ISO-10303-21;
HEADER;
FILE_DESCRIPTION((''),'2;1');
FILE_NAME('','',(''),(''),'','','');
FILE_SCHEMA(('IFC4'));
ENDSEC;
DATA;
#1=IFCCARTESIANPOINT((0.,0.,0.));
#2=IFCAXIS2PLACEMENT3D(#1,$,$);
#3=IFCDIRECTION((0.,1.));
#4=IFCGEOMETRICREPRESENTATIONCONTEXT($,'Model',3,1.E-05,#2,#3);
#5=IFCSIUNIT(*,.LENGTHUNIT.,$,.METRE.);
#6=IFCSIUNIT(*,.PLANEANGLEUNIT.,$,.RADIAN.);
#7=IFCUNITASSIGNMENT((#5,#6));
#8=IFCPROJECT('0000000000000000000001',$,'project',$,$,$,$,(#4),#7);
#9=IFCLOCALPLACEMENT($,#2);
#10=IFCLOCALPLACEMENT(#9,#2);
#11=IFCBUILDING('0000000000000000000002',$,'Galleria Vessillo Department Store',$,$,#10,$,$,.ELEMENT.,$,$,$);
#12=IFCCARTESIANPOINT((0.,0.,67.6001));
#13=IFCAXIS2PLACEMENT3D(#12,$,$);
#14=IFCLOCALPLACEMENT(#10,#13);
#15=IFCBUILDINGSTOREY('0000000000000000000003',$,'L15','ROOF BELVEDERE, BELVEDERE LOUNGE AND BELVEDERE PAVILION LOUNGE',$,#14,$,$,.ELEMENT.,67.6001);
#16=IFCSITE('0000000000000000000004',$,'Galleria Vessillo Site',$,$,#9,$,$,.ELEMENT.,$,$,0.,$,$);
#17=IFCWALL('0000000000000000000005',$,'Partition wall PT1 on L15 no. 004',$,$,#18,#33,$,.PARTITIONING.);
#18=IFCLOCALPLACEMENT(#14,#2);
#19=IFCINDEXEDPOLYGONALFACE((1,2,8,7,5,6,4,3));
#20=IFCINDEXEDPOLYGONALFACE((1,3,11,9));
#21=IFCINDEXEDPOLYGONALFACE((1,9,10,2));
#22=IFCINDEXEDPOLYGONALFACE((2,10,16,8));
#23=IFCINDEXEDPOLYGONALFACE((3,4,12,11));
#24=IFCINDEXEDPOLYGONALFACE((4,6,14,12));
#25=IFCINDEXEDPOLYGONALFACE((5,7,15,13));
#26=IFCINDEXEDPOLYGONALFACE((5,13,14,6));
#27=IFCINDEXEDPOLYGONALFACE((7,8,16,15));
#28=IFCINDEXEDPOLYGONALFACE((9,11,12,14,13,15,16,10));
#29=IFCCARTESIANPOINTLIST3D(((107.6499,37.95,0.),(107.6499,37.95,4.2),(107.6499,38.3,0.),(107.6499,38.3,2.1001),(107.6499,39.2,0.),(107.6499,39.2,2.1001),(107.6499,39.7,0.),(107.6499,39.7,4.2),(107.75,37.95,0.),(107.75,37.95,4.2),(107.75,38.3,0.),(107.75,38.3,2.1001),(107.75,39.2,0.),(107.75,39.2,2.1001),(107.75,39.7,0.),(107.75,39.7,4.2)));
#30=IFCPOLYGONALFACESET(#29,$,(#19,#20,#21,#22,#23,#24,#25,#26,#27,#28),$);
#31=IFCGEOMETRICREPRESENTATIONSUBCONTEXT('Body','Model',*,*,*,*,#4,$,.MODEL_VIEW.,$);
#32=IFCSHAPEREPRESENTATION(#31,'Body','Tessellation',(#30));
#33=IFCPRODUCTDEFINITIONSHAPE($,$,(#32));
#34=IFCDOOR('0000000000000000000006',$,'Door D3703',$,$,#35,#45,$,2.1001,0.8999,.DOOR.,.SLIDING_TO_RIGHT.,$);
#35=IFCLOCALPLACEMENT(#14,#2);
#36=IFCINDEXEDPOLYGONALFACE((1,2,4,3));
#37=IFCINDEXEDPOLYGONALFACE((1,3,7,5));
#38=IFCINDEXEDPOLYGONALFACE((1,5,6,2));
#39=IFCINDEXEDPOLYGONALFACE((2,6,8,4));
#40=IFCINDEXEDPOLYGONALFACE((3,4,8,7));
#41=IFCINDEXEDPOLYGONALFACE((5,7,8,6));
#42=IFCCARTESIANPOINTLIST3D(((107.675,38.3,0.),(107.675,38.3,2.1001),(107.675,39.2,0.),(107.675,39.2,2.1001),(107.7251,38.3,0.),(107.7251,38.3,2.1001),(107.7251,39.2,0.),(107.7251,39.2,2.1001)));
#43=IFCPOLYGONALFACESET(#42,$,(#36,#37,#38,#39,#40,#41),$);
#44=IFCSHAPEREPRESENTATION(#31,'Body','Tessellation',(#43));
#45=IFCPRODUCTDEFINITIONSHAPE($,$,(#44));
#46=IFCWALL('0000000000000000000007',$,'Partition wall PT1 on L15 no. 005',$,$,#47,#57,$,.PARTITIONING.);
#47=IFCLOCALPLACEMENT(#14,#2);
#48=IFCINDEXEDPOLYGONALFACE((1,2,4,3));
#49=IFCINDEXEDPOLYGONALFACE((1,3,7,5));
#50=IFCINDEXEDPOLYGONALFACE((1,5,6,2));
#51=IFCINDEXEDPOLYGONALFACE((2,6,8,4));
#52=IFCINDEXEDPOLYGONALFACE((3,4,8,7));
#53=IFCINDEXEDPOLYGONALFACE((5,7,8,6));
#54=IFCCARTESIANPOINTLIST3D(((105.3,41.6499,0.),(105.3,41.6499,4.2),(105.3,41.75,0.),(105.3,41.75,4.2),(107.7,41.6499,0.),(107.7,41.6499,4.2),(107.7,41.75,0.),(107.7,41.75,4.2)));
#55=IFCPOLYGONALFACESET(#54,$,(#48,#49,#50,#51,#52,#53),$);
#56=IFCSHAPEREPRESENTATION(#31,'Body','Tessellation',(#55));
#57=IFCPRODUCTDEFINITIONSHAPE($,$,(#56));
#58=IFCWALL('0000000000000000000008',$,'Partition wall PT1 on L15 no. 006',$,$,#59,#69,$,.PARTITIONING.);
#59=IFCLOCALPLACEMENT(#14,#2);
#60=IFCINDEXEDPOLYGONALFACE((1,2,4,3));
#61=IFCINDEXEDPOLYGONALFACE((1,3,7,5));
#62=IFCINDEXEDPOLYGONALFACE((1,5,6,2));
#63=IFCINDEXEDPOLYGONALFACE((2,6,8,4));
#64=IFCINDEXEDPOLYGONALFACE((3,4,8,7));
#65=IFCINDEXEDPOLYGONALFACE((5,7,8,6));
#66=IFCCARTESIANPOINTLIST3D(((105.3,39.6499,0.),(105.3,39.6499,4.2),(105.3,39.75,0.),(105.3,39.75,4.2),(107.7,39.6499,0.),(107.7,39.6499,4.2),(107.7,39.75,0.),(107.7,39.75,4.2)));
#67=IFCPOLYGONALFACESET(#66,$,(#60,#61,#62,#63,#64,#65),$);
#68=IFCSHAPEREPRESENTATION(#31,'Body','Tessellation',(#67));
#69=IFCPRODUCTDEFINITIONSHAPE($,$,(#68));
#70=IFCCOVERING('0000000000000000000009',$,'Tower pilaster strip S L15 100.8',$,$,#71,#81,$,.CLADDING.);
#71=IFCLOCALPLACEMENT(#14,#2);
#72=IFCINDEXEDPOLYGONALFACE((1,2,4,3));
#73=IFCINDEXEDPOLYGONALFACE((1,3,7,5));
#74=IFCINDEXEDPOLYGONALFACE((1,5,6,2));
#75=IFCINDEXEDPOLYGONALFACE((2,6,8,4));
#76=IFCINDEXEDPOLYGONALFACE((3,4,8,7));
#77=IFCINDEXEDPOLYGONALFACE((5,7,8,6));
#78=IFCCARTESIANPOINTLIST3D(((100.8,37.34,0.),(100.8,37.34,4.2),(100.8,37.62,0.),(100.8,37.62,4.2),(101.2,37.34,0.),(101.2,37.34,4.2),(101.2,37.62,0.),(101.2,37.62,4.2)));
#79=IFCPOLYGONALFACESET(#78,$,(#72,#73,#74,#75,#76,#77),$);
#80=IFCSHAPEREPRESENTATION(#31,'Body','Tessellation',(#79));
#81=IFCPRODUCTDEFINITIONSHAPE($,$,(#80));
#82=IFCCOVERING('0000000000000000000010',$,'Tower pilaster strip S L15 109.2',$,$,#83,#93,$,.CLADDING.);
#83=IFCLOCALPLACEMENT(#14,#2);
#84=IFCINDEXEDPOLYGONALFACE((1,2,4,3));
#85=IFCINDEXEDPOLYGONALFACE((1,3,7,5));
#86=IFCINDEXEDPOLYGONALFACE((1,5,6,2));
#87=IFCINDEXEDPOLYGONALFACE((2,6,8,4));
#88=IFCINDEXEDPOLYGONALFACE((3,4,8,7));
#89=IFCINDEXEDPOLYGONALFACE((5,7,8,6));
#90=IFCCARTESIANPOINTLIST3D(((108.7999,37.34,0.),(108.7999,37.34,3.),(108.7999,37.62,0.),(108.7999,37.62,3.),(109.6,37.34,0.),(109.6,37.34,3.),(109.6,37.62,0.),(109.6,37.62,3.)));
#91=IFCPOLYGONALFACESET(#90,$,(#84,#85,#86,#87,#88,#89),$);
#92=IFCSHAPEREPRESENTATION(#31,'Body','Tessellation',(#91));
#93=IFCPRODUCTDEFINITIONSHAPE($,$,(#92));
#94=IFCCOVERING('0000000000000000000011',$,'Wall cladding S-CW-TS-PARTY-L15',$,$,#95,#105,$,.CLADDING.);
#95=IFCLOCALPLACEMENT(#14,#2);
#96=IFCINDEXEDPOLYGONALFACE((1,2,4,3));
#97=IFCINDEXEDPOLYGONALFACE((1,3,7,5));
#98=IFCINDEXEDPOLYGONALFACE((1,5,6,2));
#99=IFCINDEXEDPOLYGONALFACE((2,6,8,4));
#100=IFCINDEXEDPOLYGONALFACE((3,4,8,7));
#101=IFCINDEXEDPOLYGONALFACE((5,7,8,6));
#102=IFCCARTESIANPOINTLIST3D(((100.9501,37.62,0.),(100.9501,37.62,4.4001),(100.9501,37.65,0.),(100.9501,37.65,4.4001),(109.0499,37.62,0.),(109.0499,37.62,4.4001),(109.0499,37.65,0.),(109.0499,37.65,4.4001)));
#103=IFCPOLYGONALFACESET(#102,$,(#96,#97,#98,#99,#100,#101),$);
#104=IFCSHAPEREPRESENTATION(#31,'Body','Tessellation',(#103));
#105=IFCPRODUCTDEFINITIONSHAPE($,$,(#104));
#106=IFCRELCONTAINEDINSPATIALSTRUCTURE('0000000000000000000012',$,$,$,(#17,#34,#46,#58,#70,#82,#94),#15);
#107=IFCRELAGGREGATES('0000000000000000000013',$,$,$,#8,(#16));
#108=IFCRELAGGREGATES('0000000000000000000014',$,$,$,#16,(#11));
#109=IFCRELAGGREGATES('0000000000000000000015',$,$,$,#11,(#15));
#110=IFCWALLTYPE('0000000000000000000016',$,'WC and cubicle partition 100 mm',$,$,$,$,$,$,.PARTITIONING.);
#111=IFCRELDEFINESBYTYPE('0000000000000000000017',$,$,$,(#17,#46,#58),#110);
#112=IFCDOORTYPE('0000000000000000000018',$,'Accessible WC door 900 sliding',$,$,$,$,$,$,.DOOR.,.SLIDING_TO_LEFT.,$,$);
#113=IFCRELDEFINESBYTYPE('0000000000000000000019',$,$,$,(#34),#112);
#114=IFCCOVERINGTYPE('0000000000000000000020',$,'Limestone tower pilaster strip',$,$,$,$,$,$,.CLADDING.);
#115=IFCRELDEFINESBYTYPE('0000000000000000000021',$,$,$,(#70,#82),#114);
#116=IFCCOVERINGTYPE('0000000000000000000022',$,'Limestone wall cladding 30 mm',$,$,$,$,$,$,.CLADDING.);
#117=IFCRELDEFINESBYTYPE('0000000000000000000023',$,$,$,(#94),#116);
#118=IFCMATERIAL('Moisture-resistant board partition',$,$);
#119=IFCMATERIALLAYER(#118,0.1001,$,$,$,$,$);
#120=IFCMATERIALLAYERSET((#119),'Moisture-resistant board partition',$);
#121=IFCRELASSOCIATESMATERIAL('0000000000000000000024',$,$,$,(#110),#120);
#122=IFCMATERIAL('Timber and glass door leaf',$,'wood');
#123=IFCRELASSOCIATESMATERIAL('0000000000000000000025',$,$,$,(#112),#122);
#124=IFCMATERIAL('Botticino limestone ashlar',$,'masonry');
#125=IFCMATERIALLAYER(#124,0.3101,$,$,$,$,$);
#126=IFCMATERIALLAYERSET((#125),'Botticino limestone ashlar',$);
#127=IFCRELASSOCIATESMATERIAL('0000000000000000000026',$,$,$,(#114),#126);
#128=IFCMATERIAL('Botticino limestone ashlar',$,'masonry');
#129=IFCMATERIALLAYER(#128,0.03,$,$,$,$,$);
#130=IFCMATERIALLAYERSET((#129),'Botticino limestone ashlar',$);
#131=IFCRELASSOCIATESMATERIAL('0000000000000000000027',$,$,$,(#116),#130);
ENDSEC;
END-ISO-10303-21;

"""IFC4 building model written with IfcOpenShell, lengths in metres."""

from ifc_helpers import new_model, si_unit, direction, frame, frame_2d, origin, origin_2d, place, context, subcontext, project, spatial, rectangle, extrude, material, layer, layer_set, type_object, element, fill, save


model = new_model("IFC4")

# Units and contexts
model_context = context("Model", 3, precision=1e-05, world=origin(), true_north=direction((0.0, 1.0)))
body_context = subcontext(model_context, "Body", "Model", "MODEL_VIEW")
ifc_project = project(units=[si_unit("LENGTHUNIT", "METRE"), si_unit("PLANEANGLEUNIT", "RADIAN")], contexts=[model_context])

# Site, building, storey
site_placement = place(None, origin())
site = spatial("IfcSite", under=ifc_project, at=site_placement, Name="Galleria Vessillo Site", CompositionType="ELEMENT", RefElevation=0.0)
building_placement = place(site_placement, origin())
building = spatial("IfcBuilding", under=site, at=building_placement, Name="Galleria Vessillo Department Store", CompositionType="ELEMENT")
storey_placement = place(building_placement, frame((0.0, 0.0, 67.6001)))
storey = spatial("IfcBuildingStorey", under=building, at=storey_placement, Name="L15", Description="ROOF BELVEDERE, BELVEDERE LOUNGE AND BELVEDERE PAVILION LOUNGE", CompositionType="ELEMENT", Elevation=67.6001)

# Shared definitions
ifc_material_1 = material(Name="Moisture-resistant board partition")
ifc_layer_1 = layer(ifc_material_1, 0.1001)
ifc_layer_set_1 = layer_set([ifc_layer_1], Name="Moisture-resistant board partition")
wall_type_1 = type_object("IfcWallType", Name="WC and cubicle partition 100 mm", PredefinedType="PARTITIONING", material=ifc_layer_set_1)

# Wall, opening, door
wall_1_placement = place(storey_placement, frame((107.7, 37.95, 0.0), z_axis=(0.0, 0.0, 1.0), x_axis=(0.0, 1.0, 0.0)))
wall_1 = element("IfcWall", 1, at=wall_1_placement, inside=storey, type_object=wall_type_1, Name="Partition wall PT1 on L15 no. 004", PredefinedType="PARTITIONING", context=body_context, shape_type="SweptSolid", body=[
    extrude(rectangle(XDim=1.75, YDim=0.1001, at=frame_2d((0.875, 0.0))), origin(), (0.0, 0.0, 1.0), 4.2),
])
opening_1_placement = place(wall_1_placement, frame((0.3501, 0.0, 0.0)))
opening_1 = element("IfcOpeningElement", 2, at=opening_1_placement, cuts=wall_1, PredefinedType="OPENING", context=body_context, shape_type="SweptSolid", body=[
    extrude(rectangle(XDim=0.8999, YDim=2.1001, at=frame_2d((0.45, 1.05))), frame((0.0, 0.0601, 0.0), z_axis=(0.0, -1.0, 0.0), x_axis=(1.0, 0.0, 0.0)), (0.0, 0.0, 1.0), 0.1201),
])
ifc_material_2 = material(Name="Timber and glass door leaf", Category="wood")
door_type_1 = type_object("IfcDoorType", Name="Accessible WC door 900 sliding", OperationType="SLIDING_TO_LEFT", PredefinedType="DOOR", material=ifc_material_2)
door_1_placement = place(opening_1_placement, origin())
door_1 = element("IfcDoor", 3, at=door_1_placement, inside=storey, type_object=door_type_1, Name="Door D3703", OperationType="SLIDING_TO_RIGHT", OverallHeight=2.1001, OverallWidth=0.8999, PredefinedType="DOOR", context=body_context, shape_type="SweptSolid", body=[
    extrude(rectangle(XDim=0.8999, YDim=2.1001, at=frame_2d((0.45, 1.05))), frame((0.0, 0.0249, 0.0), z_axis=(0.0, -1.0, 0.0), x_axis=(1.0, 0.0, 0.0)), (0.0, 0.0, 1.0), 0.05),
])
fill(opening_1, door_1)

# Walls
for number, where, z_axis, x_axis, name in (
    (4, (105.3, 41.7, 0.0), (0.0, 0.0, 1.0), (1.0, 0.0, 0.0), "Partition wall PT1 on L15 no. 005"),
    (5, (105.3, 39.7, 0.0), (0.0, 0.0, 1.0), (1.0, 0.0, 0.0), "Partition wall PT1 on L15 no. 006"),
):
    element("IfcWall", number, at=place(storey_placement, frame(where, z_axis=z_axis, x_axis=x_axis)), inside=storey, type_object=wall_type_1, Name=name, PredefinedType="PARTITIONING", context=body_context, shape_type="SweptSolid", body=[
        extrude(rectangle(XDim=2.3999, YDim=0.1001, at=frame_2d((1.2, 0.0))), origin(), (0.0, 0.0, 1.0), 4.2),
    ])

# Coverings
ifc_material_3 = material(Name="Botticino limestone ashlar", Category="masonry")
ifc_layer_2 = layer(ifc_material_3, 0.3101)
ifc_layer_set_2 = layer_set([ifc_layer_2], Name="Botticino limestone ashlar")
covering_type_1 = type_object("IfcCoveringType", Name="Limestone tower pilaster strip", PredefinedType="CLADDING", material=ifc_layer_set_2)
covering_1_placement = place(storey_placement, frame((101.0, 37.48, 0.0), z_axis=(0.0, 0.0, 1.0), x_axis=(1.0, 0.0, 0.0)))
element("IfcCovering", 6, at=covering_1_placement, inside=storey, type_object=covering_type_1, Name="Tower pilaster strip S L15 100.8", PredefinedType="CLADDING", context=body_context, shape_type="SweptSolid", body=[
    extrude(rectangle(XDim=0.3999, YDim=0.28, at=origin_2d()), origin(), (0.0, 0.0, 1.0), 4.2),
])
covering_2_placement = place(storey_placement, frame((109.2, 37.48, 0.0), z_axis=(0.0, 0.0, 1.0), x_axis=(1.0, 0.0, 0.0)))
element("IfcCovering", 7, at=covering_2_placement, inside=storey, type_object=covering_type_1, Name="Tower pilaster strip S L15 109.2", PredefinedType="CLADDING", context=body_context, shape_type="SweptSolid", body=[
    extrude(rectangle(XDim=0.8, YDim=0.28, at=origin_2d()), origin(), (0.0, 0.0, 1.0), 3.0),
])
ifc_material_4 = material(Name="Botticino limestone ashlar", Category="masonry")
ifc_layer_3 = layer(ifc_material_4, 0.03)
ifc_layer_set_3 = layer_set([ifc_layer_3], Name="Botticino limestone ashlar")
covering_type_2 = type_object("IfcCoveringType", Name="Limestone wall cladding 30 mm", PredefinedType="CLADDING", material=ifc_layer_set_3)
covering_3_placement = place(storey_placement, frame((105.0, 37.635, 0.0), z_axis=(0.0, 0.0, 1.0), x_axis=(1.0, 0.0, 0.0)))
element("IfcCovering", 8, at=covering_3_placement, inside=storey, type_object=covering_type_2, Name="Wall cladding S-CW-TS-PARTY-L15", PredefinedType="CLADDING", context=body_context, shape_type="SweptSolid", body=[
    extrude(rectangle(XDim=8.0999, YDim=0.03, at=origin_2d()), origin(), (0.0, 0.0, 1.0), 4.4001),
])

save(model, "model.ifc")
